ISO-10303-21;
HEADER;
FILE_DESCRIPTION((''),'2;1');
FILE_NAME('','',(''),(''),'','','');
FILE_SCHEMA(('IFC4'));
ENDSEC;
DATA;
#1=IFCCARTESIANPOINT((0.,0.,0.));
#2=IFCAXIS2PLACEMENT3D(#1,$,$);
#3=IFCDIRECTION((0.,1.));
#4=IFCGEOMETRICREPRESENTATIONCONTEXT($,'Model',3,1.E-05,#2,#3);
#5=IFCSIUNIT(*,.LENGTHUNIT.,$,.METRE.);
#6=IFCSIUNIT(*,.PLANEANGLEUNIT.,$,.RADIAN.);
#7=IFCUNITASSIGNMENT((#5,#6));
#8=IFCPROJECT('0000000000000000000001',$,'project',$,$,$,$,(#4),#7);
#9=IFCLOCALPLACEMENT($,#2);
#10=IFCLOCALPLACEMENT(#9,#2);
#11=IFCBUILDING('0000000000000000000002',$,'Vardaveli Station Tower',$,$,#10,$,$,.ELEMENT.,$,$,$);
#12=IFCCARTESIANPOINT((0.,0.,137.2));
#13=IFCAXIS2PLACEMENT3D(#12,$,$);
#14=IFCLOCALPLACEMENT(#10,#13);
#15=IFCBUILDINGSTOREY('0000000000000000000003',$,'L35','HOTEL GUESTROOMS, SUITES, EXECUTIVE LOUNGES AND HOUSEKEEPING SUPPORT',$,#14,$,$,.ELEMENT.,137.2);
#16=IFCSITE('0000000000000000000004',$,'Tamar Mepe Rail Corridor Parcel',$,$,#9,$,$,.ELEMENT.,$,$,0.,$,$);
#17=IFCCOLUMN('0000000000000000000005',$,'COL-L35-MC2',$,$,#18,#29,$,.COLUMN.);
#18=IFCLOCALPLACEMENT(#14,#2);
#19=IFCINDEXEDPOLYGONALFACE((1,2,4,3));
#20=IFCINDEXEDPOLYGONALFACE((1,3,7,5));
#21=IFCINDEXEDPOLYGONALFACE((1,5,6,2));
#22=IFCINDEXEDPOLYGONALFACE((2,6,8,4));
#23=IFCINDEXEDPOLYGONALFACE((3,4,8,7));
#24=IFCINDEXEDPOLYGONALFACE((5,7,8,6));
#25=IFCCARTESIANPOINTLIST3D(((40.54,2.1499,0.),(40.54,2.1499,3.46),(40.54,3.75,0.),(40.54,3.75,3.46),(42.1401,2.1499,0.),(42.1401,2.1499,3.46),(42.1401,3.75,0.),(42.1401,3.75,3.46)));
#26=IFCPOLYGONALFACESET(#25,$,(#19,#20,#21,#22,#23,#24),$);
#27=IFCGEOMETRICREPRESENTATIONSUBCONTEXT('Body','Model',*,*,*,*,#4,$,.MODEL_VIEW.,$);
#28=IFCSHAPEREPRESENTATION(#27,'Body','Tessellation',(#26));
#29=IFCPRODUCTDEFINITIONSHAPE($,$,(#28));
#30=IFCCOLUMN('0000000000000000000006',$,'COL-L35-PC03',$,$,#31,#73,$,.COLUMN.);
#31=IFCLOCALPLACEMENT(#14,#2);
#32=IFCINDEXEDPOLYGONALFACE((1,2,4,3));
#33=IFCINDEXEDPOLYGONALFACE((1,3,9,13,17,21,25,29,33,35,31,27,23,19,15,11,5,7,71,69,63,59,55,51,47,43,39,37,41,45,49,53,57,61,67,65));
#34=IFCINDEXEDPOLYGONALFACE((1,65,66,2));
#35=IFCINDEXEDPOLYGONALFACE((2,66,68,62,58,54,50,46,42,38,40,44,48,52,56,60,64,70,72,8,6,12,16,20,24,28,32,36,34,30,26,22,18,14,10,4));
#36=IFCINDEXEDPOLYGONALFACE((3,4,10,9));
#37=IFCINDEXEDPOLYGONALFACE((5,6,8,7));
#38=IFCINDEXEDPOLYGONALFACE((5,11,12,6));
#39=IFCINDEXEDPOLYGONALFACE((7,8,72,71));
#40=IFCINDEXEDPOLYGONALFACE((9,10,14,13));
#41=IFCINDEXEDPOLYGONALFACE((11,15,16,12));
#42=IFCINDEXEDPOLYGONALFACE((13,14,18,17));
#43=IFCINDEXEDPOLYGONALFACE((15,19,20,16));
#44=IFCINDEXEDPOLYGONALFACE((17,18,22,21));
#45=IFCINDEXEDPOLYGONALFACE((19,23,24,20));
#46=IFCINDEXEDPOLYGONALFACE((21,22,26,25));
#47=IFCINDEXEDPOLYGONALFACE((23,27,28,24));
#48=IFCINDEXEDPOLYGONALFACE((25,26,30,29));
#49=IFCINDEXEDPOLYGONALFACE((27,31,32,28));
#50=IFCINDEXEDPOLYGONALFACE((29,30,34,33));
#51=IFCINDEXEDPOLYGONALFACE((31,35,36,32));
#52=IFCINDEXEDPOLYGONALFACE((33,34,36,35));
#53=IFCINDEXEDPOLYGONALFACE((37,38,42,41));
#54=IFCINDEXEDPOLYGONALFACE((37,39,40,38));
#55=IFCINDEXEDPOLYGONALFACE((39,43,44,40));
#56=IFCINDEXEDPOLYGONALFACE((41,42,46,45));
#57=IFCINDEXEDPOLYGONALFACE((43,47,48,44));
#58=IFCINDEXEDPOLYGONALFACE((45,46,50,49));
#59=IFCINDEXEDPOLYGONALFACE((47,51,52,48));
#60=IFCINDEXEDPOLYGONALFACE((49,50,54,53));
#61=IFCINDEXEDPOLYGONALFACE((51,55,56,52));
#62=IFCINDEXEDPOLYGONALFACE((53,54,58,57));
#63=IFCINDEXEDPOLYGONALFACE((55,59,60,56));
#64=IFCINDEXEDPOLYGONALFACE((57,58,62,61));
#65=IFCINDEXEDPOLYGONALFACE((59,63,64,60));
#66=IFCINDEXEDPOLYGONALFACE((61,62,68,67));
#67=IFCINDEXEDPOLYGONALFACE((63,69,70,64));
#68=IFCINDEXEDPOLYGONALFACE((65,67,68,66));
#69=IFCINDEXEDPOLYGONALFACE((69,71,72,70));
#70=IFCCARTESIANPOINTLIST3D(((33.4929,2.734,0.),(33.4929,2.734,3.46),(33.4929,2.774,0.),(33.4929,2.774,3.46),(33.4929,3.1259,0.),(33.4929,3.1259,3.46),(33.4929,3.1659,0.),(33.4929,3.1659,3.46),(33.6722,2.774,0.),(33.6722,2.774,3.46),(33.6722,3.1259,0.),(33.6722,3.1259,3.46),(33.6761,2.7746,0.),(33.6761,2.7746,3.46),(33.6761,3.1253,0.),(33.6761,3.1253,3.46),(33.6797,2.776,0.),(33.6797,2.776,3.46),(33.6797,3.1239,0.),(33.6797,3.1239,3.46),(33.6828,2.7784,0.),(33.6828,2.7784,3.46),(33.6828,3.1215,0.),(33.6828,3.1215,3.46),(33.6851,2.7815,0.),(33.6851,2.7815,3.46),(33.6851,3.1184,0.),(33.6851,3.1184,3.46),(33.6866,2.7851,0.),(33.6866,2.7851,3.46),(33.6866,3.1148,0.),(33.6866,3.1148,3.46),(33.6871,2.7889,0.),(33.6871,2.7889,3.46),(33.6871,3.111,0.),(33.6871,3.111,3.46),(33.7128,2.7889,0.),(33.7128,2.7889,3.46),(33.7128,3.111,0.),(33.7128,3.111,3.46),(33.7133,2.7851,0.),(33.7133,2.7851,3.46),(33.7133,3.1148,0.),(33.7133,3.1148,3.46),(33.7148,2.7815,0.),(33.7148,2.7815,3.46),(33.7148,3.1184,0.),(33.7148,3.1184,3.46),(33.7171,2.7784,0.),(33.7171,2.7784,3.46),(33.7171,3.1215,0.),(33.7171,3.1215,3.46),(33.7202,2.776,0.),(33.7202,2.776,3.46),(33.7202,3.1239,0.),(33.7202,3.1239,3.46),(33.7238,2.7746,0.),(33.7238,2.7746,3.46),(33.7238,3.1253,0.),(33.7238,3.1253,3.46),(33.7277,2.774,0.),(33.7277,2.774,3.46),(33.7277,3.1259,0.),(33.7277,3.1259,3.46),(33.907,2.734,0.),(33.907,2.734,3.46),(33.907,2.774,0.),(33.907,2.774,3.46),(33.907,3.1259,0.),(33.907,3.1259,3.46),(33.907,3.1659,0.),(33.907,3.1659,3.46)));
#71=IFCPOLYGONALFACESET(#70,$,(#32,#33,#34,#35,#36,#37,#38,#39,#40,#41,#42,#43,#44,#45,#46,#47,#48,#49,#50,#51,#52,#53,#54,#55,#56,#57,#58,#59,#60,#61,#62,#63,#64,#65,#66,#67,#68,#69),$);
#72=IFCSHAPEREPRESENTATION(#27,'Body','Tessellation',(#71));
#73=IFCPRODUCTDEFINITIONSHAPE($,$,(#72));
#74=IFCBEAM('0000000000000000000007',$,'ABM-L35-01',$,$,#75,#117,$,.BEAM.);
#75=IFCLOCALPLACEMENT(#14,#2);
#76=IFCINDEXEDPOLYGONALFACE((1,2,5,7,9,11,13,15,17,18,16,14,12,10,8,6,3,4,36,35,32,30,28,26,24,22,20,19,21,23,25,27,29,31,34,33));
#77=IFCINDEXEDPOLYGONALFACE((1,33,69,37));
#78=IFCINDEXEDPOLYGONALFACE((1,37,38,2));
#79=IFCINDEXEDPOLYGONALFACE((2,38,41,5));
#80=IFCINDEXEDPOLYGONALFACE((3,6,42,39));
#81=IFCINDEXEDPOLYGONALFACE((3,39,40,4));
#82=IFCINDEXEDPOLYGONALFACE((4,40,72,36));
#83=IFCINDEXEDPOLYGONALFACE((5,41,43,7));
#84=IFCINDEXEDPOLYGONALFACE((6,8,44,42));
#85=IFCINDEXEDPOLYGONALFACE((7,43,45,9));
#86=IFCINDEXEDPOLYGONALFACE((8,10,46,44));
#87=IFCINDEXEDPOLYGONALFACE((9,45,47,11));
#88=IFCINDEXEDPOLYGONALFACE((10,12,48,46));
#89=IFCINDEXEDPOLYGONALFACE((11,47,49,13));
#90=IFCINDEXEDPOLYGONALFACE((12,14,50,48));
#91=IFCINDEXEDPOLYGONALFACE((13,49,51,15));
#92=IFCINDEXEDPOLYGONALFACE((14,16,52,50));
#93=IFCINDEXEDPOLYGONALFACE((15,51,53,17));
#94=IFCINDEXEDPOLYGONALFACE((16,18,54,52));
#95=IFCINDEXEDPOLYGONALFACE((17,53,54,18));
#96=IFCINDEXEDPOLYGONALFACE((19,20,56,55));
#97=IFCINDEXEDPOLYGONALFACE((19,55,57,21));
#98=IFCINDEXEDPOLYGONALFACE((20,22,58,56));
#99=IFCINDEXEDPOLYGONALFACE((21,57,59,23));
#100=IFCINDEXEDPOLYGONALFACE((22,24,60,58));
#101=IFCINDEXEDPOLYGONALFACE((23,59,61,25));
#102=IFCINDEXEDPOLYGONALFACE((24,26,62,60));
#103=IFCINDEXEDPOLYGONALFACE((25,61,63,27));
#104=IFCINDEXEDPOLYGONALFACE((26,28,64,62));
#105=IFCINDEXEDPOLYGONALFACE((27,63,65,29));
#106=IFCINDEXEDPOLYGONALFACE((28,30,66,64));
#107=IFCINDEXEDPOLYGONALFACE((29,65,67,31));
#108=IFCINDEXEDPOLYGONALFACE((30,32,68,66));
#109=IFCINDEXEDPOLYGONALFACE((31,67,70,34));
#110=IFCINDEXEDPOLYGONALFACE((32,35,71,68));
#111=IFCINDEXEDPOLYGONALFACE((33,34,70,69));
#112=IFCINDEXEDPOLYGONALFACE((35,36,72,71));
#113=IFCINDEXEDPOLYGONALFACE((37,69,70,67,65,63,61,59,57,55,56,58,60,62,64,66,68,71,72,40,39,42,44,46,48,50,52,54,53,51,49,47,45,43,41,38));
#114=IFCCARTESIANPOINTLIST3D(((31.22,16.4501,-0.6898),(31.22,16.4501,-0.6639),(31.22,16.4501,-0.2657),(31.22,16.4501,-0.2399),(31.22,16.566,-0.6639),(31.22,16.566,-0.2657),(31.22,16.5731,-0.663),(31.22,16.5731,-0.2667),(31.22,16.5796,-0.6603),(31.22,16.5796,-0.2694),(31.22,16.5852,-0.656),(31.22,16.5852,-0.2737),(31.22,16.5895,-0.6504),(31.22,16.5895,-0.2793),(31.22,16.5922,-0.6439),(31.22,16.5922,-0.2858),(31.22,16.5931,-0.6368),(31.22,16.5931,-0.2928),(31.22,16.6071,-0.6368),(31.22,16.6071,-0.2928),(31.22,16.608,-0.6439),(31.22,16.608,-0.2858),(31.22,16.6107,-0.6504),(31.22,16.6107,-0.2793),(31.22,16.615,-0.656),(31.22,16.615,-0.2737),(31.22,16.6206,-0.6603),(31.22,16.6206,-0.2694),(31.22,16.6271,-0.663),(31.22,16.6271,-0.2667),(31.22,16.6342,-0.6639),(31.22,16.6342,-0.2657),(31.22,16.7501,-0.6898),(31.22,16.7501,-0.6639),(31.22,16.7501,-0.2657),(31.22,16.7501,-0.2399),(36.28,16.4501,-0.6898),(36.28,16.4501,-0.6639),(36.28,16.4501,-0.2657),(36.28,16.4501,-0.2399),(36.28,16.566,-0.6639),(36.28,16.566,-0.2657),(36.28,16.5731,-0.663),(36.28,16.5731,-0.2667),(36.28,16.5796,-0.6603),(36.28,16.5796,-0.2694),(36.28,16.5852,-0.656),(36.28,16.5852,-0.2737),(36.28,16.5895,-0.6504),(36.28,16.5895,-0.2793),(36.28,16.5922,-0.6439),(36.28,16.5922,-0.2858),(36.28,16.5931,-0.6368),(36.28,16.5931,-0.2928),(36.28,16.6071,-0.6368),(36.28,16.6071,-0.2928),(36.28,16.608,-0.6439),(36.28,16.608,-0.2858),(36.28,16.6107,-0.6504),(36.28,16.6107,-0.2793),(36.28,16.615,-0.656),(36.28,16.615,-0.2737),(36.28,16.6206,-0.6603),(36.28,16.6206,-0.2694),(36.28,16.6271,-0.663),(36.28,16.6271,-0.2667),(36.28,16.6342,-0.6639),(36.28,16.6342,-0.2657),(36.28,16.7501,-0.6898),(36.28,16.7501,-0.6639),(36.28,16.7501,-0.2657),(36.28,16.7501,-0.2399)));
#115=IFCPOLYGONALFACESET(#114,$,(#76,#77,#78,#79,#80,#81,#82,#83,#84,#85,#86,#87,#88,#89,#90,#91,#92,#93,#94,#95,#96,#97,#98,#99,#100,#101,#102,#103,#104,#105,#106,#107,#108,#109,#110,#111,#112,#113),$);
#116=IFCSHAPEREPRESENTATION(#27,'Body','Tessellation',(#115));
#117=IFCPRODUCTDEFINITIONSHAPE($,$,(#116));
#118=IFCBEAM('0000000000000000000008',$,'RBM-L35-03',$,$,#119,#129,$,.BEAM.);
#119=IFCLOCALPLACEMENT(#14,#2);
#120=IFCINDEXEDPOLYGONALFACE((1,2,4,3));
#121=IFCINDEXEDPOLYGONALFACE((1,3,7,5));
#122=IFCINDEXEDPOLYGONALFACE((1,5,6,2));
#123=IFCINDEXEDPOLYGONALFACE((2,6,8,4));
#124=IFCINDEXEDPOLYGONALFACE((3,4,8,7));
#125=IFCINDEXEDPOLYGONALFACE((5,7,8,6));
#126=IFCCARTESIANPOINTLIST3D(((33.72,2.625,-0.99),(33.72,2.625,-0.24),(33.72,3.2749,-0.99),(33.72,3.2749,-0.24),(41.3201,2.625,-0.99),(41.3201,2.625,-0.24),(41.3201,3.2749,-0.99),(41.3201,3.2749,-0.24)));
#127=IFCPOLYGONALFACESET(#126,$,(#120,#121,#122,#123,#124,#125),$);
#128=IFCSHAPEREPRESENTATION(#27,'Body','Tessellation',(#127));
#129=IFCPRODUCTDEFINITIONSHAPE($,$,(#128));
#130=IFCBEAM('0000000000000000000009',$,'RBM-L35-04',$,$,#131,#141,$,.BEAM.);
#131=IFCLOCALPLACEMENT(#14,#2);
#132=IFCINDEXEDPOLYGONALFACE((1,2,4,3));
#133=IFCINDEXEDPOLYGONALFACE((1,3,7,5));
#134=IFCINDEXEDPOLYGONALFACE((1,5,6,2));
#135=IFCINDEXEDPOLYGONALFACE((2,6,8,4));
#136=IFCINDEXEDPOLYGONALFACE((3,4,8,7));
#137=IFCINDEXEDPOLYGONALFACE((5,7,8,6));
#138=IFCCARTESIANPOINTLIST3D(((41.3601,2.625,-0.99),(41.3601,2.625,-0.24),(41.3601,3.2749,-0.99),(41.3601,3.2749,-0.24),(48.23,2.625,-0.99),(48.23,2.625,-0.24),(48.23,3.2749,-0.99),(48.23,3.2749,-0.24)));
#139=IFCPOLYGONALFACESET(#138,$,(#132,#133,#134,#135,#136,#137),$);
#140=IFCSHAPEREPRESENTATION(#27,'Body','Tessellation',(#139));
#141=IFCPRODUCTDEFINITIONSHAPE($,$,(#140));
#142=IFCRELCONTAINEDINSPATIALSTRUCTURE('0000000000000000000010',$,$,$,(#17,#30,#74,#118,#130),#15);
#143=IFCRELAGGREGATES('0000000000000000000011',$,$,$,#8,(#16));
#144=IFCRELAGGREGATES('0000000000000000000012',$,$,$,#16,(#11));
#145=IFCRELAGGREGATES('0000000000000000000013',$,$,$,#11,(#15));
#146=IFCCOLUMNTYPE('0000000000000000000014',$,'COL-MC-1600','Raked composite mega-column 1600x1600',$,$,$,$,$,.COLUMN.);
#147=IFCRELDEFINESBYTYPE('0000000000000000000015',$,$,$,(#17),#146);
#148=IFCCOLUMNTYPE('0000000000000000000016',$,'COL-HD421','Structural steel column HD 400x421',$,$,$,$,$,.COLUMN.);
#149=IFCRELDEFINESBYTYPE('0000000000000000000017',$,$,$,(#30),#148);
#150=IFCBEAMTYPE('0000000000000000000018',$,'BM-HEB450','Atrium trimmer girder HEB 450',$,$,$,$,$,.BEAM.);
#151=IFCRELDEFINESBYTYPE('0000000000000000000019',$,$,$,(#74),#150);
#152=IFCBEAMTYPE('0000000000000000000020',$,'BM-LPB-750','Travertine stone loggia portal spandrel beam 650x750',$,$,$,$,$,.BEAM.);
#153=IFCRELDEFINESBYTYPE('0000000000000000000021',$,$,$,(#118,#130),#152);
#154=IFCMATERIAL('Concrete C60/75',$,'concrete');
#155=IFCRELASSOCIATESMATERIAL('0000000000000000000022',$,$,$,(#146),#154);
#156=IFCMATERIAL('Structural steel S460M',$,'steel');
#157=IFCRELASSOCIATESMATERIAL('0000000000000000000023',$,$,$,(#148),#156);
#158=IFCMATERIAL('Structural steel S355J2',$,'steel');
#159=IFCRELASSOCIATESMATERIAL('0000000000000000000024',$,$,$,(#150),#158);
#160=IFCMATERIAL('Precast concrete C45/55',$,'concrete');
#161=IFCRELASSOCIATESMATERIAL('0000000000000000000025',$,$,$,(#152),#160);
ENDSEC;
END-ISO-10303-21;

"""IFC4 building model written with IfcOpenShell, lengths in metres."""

from ifc_helpers import new_model, si_unit, direction, frame, origin, origin_2d, place, context, subcontext, project, spatial, rectangle, i_section, extrude, source, transform, mapped, material, material_profile, profile_set, type_object, element, save


model = new_model("IFC4")

# Units and contexts
model_context = context("Model", 3, precision=1e-05, world=origin(), true_north=direction((0.0, 1.0)))
body_context = subcontext(model_context, "Body", "Model", "MODEL_VIEW")
ifc_project = project(units=[si_unit("LENGTHUNIT", "METRE"), si_unit("PLANEANGLEUNIT", "RADIAN")], contexts=[model_context])

# Site, building, storey
site_placement = place(None, origin())
site = spatial("IfcSite", under=ifc_project, at=site_placement, Name="Tamar Mepe Rail Corridor Parcel", CompositionType="ELEMENT", RefElevation=0.0)
building_placement = place(site_placement, origin())
building = spatial("IfcBuilding", under=site, at=building_placement, Name="Vardaveli Station Tower", CompositionType="ELEMENT")
storey_placement = place(building_placement, frame((0.0, 0.0, 137.2)))
storey = spatial("IfcBuildingStorey", under=building, at=storey_placement, Name="L35", Description="HOTEL GUESTROOMS, SUITES, EXECUTIVE LOUNGES AND HOUSEKEEPING SUPPORT", CompositionType="ELEMENT", Elevation=137.2)

# Columns
ifc_material_1 = material(Name="Concrete C60/75", Category="concrete")
ifc_material_profile_1 = material_profile(ifc_material_1, rectangle(XDim=1.6001, YDim=1.6001, at=origin_2d()), Name="MC 1600x1600")
ifc_profile_set_1 = profile_set([ifc_material_profile_1], Name="Concrete C60/75")
column_type_1 = type_object("IfcColumnType", Name="COL-MC-1600", Description="Raked composite mega-column 1600x1600", PredefinedType="COLUMN", material=ifc_profile_set_1)
shared_shape_1 = source(origin(), body_context, "Body", "SweptSolid", [
    extrude(rectangle(XDim=1.6001, YDim=1.6001, at=origin_2d()), origin(), (0.0, 0.0, 1.0), 3.46),
])
column_1_placement = place(storey_placement, frame((41.3401, 2.95, 0.0), z_axis=(0.0, 0.0, 1.0), x_axis=(1.0, 0.0, 0.0)))
element("IfcColumn", 1, at=column_1_placement, inside=storey, type_object=column_type_1, Name="COL-L35-MC2", PredefinedType="COLUMN", context=body_context, shape_type="MappedRepresentation", body=[
    mapped(shared_shape_1, transform((0.0, 0.0, 0.0), scale=1.0)),
])
ifc_material_2 = material(Name="Structural steel S460M", Category="steel")
ifc_material_profile_2 = material_profile(ifc_material_2, i_section(OverallWidth=0.4141, OverallDepth=0.4319, WebThickness=0.0256, FlangeThickness=0.04, FilletRadius=0.0149, at=origin_2d()), Name="HD 400x421")
ifc_profile_set_2 = profile_set([ifc_material_profile_2], Name="Structural steel S460M")
column_type_2 = type_object("IfcColumnType", Name="COL-HD421", Description="Structural steel column HD 400x421", PredefinedType="COLUMN", material=ifc_profile_set_2)
shared_shape_2 = source(origin(), body_context, "Body", "SweptSolid", [
    extrude(i_section(OverallWidth=0.4141, OverallDepth=0.4319, WebThickness=0.0256, FlangeThickness=0.04, FilletRadius=0.0149, at=origin_2d()), origin(), (0.0, 0.0, 1.0), 3.46),
])
column_2_placement = place(storey_placement, frame((33.7, 2.95, 0.0), z_axis=(0.0, 0.0, 1.0), x_axis=(1.0, 0.0, 0.0)))
element("IfcColumn", 2, at=column_2_placement, inside=storey, type_object=column_type_2, Name="COL-L35-PC03", PredefinedType="COLUMN", context=body_context, shape_type="MappedRepresentation", body=[
    mapped(shared_shape_2, transform((0.0, 0.0, 0.0), scale=1.0)),
])

# Beams
ifc_material_3 = material(Name="Structural steel S355J2", Category="steel")
ifc_material_profile_3 = material_profile(ifc_material_3, i_section(OverallWidth=0.3, OverallDepth=0.45, WebThickness=0.0139, FlangeThickness=0.0259, FilletRadius=0.0271, at=origin_2d()), Name="HEB 450")
ifc_profile_set_3 = profile_set([ifc_material_profile_3], Name="Structural steel S355J2")
beam_type_1 = type_object("IfcBeamType", Name="BM-HEB450", Description="Atrium trimmer girder HEB 450", PredefinedType="BEAM", material=ifc_profile_set_3)
shared_shape_3 = source(origin(), body_context, "Body", "SweptSolid", [
    extrude(i_section(OverallWidth=0.3, OverallDepth=0.45, WebThickness=0.0139, FlangeThickness=0.0259, FilletRadius=0.0271, at=origin_2d()), origin(), (0.0, 0.0, 1.0), 5.0601),
])
beam_1_placement = place(storey_placement, frame((31.22, 16.6001, -0.4648), z_axis=(1.0, 0.0, 0.0), x_axis=(0.0, 1.0, 0.0)))
element("IfcBeam", 3, at=beam_1_placement, inside=storey, type_object=beam_type_1, Name="ABM-L35-01", PredefinedType="BEAM", context=body_context, shape_type="MappedRepresentation", body=[
    mapped(shared_shape_3, transform((0.0, 0.0, 0.0), scale=1.0)),
])
ifc_material_4 = material(Name="Precast concrete C45/55", Category="concrete")
ifc_material_profile_4 = material_profile(ifc_material_4, rectangle(XDim=0.6499, YDim=0.75, at=origin_2d()), Name="LPB 650x750")
ifc_profile_set_4 = profile_set([ifc_material_profile_4], Name="Precast concrete C45/55")
beam_type_2 = type_object("IfcBeamType", Name="BM-LPB-750", Description="Travertine stone loggia portal spandrel beam 650x750", PredefinedType="BEAM", material=ifc_profile_set_4)
shared_shape_4 = source(origin(), body_context, "Body", "SweptSolid", [
    extrude(rectangle(XDim=0.6499, YDim=0.75, at=origin_2d()), origin(), (0.0, 0.0, 1.0), 7.6001),
])
beam_2_placement = place(storey_placement, frame((33.72, 2.95, -0.615), z_axis=(1.0, 0.0, 0.0), x_axis=(0.0, 1.0, 0.0)))
element("IfcBeam", 4, at=beam_2_placement, inside=storey, type_object=beam_type_2, Name="RBM-L35-03", PredefinedType="BEAM", context=body_context, shape_type="MappedRepresentation", body=[
    mapped(shared_shape_4, transform((0.0, 0.0, 0.0), scale=1.0)),
])
shared_shape_5 = source(origin(), body_context, "Body", "SweptSolid", [
    extrude(rectangle(XDim=0.6499, YDim=0.75, at=origin_2d()), origin(), (0.0, 0.0, 1.0), 6.8699),
])
beam_3_placement = place(storey_placement, frame((41.3601, 2.95, -0.615), z_axis=(1.0, 0.0, 0.0), x_axis=(0.0, 1.0, 0.0)))
element("IfcBeam", 5, at=beam_3_placement, inside=storey, type_object=beam_type_2, Name="RBM-L35-04", PredefinedType="BEAM", context=body_context, shape_type="MappedRepresentation", body=[
    mapped(shared_shape_5, transform((0.0, 0.0, 0.0), scale=1.0)),
])

save(model, "model.ifc")
